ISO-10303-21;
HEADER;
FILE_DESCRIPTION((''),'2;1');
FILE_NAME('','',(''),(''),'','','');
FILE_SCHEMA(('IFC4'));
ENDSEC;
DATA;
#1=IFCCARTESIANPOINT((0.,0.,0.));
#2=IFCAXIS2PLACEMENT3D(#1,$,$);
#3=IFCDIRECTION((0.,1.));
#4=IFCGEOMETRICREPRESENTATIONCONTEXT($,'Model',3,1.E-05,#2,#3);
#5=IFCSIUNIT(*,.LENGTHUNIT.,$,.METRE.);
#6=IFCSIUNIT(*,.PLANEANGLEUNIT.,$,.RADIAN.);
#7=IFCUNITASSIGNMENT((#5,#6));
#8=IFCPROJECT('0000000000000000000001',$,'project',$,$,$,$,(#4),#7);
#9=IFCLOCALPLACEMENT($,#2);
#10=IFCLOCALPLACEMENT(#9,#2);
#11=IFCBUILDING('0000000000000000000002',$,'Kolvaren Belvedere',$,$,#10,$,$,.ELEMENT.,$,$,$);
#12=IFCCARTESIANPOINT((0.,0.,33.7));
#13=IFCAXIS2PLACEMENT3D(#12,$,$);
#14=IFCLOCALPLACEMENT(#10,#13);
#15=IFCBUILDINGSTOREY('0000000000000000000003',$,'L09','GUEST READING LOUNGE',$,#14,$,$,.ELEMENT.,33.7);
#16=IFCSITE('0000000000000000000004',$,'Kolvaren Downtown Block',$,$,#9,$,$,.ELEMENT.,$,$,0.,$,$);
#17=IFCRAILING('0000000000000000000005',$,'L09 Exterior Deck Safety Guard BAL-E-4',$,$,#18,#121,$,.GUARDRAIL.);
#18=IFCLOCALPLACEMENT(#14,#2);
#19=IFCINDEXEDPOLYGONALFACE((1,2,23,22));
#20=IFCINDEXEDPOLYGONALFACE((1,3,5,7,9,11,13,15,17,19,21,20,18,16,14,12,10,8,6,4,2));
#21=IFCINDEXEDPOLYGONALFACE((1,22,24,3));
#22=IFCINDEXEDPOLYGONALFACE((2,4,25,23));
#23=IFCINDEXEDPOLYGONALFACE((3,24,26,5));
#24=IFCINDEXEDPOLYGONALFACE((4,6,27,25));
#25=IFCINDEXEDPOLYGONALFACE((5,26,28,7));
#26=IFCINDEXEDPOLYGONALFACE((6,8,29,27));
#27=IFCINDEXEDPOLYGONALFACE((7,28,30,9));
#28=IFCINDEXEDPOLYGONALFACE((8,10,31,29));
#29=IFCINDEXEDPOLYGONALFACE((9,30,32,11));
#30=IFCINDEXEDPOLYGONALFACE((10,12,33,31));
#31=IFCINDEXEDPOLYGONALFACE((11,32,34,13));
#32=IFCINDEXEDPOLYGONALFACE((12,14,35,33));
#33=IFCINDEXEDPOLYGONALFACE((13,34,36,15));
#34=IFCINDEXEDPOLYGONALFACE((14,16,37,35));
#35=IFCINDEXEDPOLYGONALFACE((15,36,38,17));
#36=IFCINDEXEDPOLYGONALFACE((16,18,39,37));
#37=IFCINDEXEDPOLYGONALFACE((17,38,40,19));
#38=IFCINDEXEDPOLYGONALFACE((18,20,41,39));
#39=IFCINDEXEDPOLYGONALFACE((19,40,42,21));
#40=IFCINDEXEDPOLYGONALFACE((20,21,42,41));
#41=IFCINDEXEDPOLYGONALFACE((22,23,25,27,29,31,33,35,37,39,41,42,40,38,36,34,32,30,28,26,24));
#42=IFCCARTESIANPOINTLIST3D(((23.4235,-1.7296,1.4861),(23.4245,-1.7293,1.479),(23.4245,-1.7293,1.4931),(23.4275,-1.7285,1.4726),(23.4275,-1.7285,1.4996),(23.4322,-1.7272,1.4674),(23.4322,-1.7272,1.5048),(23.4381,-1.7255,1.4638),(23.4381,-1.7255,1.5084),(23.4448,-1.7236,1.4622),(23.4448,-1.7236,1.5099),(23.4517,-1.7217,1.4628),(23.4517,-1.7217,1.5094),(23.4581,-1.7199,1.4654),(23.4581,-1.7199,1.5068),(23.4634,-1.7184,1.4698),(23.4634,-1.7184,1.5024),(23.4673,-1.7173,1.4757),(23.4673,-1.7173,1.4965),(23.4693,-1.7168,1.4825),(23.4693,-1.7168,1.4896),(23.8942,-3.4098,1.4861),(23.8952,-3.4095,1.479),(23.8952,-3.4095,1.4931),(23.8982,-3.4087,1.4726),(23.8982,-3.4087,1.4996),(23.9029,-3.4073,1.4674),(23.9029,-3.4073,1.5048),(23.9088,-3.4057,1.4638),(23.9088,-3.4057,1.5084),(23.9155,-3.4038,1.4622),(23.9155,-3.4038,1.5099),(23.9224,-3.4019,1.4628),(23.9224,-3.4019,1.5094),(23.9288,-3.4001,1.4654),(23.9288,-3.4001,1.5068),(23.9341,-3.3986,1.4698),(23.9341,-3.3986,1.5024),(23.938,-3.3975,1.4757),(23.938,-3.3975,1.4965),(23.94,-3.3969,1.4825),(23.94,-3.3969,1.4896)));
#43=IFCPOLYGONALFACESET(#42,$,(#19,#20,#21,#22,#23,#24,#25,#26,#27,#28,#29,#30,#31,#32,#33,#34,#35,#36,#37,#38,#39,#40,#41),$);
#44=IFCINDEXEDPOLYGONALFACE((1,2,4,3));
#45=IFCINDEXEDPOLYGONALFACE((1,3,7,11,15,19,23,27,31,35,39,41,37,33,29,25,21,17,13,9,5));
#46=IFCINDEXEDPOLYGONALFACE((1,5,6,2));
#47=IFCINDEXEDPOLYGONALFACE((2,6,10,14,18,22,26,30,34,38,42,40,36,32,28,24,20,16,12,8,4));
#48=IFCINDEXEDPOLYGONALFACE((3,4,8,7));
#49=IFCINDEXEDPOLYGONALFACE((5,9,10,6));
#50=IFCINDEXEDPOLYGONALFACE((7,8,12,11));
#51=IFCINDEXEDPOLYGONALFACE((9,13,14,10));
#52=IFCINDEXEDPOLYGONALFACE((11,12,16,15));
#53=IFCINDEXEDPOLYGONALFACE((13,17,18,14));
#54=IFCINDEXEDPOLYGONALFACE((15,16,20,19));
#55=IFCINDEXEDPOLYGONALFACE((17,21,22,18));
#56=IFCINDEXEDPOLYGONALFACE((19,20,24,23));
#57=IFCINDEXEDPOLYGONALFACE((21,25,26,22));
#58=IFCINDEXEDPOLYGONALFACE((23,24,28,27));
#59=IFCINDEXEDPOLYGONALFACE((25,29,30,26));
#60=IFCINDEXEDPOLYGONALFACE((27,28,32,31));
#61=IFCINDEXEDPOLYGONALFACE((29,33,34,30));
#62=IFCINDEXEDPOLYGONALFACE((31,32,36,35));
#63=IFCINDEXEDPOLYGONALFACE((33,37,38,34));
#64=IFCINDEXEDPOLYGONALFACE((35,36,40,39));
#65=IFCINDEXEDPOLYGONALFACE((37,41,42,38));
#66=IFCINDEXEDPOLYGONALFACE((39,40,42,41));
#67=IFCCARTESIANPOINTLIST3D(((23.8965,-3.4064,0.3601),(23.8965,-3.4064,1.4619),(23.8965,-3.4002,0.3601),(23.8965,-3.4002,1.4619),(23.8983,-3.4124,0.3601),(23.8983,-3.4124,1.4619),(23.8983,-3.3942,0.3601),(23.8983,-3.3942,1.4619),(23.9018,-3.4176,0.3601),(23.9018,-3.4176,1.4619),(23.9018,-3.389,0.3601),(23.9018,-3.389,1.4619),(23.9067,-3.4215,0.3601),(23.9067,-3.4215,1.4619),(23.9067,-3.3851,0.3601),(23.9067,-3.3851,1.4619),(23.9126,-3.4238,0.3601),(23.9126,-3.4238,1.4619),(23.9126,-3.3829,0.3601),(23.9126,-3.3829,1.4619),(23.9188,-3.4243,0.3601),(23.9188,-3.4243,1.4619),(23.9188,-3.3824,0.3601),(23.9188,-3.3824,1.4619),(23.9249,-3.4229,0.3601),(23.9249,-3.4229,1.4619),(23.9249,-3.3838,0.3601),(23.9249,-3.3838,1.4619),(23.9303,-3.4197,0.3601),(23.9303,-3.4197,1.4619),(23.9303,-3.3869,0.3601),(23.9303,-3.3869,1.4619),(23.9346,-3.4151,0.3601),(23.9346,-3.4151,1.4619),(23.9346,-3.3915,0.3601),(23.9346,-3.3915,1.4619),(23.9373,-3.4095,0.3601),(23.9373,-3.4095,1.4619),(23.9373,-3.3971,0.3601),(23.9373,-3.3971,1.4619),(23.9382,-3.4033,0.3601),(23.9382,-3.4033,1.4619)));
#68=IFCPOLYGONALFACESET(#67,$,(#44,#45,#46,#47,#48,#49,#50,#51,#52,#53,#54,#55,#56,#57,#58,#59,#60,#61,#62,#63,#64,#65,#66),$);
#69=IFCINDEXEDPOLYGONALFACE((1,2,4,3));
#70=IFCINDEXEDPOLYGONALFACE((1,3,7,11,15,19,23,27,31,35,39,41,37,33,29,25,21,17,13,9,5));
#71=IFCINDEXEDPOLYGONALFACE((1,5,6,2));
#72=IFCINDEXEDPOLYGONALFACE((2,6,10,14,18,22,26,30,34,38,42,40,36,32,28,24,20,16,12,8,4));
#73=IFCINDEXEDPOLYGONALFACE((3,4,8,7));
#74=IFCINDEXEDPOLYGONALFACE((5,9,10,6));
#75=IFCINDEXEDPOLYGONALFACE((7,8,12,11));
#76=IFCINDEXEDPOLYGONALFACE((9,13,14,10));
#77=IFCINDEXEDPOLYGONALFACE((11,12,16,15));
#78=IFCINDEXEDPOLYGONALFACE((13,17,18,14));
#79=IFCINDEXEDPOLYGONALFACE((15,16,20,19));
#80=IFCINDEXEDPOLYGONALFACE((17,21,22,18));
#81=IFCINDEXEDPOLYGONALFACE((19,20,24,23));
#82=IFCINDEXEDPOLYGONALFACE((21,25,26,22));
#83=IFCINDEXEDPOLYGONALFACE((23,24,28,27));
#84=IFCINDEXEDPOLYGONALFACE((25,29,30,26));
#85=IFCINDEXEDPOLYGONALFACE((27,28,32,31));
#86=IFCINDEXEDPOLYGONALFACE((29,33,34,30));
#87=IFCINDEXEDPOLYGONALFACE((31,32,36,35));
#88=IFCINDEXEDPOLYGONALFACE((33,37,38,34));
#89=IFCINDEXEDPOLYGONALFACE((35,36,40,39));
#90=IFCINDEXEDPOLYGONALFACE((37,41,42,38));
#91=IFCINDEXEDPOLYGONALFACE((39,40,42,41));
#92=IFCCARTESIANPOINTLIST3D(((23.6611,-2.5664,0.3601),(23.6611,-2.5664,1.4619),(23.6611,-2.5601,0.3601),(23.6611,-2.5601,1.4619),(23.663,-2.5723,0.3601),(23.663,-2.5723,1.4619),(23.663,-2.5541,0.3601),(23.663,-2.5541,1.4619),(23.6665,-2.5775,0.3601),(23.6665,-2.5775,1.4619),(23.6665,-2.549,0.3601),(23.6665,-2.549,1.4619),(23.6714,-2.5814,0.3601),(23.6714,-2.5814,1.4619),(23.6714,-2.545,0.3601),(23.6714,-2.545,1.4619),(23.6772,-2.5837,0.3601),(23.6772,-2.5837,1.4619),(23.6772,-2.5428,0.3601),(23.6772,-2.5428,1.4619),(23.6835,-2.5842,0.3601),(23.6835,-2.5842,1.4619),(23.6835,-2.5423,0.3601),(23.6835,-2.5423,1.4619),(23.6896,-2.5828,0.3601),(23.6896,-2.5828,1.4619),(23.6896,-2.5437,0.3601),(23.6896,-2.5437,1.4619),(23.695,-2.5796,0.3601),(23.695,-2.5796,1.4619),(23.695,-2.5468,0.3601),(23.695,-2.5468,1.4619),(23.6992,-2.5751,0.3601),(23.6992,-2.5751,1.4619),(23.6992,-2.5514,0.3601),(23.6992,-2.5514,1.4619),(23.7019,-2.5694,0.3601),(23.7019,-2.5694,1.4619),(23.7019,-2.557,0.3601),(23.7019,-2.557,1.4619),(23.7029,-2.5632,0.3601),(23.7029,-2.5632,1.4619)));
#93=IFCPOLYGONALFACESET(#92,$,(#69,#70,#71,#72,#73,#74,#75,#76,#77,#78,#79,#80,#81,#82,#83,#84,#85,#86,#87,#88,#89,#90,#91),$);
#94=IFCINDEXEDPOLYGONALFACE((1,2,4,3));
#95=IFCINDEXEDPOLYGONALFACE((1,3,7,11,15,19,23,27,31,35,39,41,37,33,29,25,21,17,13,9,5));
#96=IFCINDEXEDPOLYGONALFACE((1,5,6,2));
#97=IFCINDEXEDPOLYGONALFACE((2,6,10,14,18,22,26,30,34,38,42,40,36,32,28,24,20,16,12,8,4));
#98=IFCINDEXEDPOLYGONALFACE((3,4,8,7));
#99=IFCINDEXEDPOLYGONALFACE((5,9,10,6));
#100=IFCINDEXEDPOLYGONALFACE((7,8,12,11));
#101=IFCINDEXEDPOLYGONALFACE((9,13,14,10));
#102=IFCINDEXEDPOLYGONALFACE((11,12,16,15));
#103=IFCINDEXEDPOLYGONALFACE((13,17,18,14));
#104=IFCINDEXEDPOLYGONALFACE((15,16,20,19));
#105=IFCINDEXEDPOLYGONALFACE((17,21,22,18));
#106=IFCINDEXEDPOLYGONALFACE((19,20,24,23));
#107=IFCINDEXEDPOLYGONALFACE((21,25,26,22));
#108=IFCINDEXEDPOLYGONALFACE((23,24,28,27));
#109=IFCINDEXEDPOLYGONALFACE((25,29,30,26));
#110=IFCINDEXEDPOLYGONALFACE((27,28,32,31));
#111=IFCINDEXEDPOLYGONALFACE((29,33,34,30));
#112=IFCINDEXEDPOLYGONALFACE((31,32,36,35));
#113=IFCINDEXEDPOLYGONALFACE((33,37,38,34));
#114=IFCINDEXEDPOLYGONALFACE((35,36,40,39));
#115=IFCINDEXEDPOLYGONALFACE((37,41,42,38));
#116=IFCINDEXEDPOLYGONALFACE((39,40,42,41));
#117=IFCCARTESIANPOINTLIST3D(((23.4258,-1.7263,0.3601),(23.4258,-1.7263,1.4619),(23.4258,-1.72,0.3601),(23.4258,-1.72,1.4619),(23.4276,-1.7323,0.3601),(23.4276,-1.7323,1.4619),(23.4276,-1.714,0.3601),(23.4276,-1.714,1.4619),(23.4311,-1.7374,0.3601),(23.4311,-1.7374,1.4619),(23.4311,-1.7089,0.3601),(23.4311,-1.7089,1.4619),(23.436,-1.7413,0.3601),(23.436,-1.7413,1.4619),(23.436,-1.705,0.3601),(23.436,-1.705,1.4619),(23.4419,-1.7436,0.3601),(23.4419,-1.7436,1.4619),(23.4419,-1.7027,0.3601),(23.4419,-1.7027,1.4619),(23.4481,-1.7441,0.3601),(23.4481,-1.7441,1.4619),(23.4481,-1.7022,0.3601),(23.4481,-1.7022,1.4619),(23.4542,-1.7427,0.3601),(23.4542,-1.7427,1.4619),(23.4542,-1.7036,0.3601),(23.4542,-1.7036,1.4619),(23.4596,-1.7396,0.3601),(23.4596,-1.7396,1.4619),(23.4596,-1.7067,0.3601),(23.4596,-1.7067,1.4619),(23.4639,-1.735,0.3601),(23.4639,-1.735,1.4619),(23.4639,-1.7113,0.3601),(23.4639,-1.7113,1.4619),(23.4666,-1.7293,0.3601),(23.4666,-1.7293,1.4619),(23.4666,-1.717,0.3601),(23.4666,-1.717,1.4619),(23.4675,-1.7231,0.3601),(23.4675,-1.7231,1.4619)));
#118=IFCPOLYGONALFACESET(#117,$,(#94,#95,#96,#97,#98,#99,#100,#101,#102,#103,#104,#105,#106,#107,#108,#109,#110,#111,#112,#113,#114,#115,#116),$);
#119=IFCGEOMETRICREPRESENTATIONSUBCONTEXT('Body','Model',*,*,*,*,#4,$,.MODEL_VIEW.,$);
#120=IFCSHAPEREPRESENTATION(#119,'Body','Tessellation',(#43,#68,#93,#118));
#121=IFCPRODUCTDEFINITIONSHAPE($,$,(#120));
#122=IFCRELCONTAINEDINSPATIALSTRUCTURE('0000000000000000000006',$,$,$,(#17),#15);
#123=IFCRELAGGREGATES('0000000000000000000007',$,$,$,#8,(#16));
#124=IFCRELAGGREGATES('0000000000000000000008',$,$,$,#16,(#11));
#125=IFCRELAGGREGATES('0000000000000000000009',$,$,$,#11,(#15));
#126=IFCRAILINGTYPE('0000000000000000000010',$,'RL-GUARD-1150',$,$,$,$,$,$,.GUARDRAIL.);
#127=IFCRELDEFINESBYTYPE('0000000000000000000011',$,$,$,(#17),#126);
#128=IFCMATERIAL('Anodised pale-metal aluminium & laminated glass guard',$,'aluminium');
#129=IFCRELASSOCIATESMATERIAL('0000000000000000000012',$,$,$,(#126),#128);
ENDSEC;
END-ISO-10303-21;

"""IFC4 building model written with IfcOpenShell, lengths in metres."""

from ifc_helpers import new_model, si_unit, direction, frame, origin, origin_2d, place, context, subcontext, project, spatial, circle, extrude, material, type_object, element, save


model = new_model("IFC4")

# Units and contexts
model_context = context("Model", 3, precision=1e-05, world=origin(), true_north=direction((0.0, 1.0)))
body_context = subcontext(model_context, "Body", "Model", "MODEL_VIEW")
ifc_project = project(units=[si_unit("LENGTHUNIT", "METRE"), si_unit("PLANEANGLEUNIT", "RADIAN")], contexts=[model_context])

# Site, building, storey
site_placement = place(None, origin())
site = spatial("IfcSite", under=ifc_project, at=site_placement, Name="Kolvaren Downtown Block", CompositionType="ELEMENT", RefElevation=0.0)
building_placement = place(site_placement, origin())
building = spatial("IfcBuilding", under=site, at=building_placement, Name="Kolvaren Belvedere", CompositionType="ELEMENT")
storey_placement = place(building_placement, frame((0.0, 0.0, 33.7)))
storey = spatial("IfcBuildingStorey", under=building, at=storey_placement, Name="L09", Description="GUEST READING LOUNGE", CompositionType="ELEMENT", Elevation=33.7)

# Railing
ifc_material_1 = material(Name="Anodised pale-metal aluminium & laminated glass guard", Category="aluminium")
railing_type = type_object("IfcRailingType", Name="RL-GUARD-1150", PredefinedType="GUARDRAIL", material=ifc_material_1)
railing_1_placement = place(storey_placement, frame((23.9172, -3.4033, 0.3601)))
element("IfcRailing", 1, at=railing_1_placement, inside=storey, type_object=railing_type, Name="L09 Exterior Deck Safety Guard BAL-E-4", PredefinedType="GUARDRAIL", context=body_context, shape_type="SweptSolid", body=[
    extrude(circle(Radius=0.0239, at=origin_2d()), frame((0.0, 0.0, 1.126), z_axis=(-0.269765, 0.962926, 0.0), x_axis=(-0.962926, -0.269765, 0.0)), (0.0, 0.0, 1.0), 1.7449),
    extrude(circle(Radius=0.021, at=origin_2d()), origin(), (0.0, 0.0, 1.0), 1.1018),
    extrude(circle(Radius=0.021, at=origin_2d()), frame((-0.2354, 0.8401, 0.0)), (0.0, 0.0, 1.0), 1.1018),
    extrude(circle(Radius=0.021, at=origin_2d()), frame((-0.4707, 1.6802, 0.0)), (0.0, 0.0, 1.0), 1.1018),
])

save(model, "model.ifc")
